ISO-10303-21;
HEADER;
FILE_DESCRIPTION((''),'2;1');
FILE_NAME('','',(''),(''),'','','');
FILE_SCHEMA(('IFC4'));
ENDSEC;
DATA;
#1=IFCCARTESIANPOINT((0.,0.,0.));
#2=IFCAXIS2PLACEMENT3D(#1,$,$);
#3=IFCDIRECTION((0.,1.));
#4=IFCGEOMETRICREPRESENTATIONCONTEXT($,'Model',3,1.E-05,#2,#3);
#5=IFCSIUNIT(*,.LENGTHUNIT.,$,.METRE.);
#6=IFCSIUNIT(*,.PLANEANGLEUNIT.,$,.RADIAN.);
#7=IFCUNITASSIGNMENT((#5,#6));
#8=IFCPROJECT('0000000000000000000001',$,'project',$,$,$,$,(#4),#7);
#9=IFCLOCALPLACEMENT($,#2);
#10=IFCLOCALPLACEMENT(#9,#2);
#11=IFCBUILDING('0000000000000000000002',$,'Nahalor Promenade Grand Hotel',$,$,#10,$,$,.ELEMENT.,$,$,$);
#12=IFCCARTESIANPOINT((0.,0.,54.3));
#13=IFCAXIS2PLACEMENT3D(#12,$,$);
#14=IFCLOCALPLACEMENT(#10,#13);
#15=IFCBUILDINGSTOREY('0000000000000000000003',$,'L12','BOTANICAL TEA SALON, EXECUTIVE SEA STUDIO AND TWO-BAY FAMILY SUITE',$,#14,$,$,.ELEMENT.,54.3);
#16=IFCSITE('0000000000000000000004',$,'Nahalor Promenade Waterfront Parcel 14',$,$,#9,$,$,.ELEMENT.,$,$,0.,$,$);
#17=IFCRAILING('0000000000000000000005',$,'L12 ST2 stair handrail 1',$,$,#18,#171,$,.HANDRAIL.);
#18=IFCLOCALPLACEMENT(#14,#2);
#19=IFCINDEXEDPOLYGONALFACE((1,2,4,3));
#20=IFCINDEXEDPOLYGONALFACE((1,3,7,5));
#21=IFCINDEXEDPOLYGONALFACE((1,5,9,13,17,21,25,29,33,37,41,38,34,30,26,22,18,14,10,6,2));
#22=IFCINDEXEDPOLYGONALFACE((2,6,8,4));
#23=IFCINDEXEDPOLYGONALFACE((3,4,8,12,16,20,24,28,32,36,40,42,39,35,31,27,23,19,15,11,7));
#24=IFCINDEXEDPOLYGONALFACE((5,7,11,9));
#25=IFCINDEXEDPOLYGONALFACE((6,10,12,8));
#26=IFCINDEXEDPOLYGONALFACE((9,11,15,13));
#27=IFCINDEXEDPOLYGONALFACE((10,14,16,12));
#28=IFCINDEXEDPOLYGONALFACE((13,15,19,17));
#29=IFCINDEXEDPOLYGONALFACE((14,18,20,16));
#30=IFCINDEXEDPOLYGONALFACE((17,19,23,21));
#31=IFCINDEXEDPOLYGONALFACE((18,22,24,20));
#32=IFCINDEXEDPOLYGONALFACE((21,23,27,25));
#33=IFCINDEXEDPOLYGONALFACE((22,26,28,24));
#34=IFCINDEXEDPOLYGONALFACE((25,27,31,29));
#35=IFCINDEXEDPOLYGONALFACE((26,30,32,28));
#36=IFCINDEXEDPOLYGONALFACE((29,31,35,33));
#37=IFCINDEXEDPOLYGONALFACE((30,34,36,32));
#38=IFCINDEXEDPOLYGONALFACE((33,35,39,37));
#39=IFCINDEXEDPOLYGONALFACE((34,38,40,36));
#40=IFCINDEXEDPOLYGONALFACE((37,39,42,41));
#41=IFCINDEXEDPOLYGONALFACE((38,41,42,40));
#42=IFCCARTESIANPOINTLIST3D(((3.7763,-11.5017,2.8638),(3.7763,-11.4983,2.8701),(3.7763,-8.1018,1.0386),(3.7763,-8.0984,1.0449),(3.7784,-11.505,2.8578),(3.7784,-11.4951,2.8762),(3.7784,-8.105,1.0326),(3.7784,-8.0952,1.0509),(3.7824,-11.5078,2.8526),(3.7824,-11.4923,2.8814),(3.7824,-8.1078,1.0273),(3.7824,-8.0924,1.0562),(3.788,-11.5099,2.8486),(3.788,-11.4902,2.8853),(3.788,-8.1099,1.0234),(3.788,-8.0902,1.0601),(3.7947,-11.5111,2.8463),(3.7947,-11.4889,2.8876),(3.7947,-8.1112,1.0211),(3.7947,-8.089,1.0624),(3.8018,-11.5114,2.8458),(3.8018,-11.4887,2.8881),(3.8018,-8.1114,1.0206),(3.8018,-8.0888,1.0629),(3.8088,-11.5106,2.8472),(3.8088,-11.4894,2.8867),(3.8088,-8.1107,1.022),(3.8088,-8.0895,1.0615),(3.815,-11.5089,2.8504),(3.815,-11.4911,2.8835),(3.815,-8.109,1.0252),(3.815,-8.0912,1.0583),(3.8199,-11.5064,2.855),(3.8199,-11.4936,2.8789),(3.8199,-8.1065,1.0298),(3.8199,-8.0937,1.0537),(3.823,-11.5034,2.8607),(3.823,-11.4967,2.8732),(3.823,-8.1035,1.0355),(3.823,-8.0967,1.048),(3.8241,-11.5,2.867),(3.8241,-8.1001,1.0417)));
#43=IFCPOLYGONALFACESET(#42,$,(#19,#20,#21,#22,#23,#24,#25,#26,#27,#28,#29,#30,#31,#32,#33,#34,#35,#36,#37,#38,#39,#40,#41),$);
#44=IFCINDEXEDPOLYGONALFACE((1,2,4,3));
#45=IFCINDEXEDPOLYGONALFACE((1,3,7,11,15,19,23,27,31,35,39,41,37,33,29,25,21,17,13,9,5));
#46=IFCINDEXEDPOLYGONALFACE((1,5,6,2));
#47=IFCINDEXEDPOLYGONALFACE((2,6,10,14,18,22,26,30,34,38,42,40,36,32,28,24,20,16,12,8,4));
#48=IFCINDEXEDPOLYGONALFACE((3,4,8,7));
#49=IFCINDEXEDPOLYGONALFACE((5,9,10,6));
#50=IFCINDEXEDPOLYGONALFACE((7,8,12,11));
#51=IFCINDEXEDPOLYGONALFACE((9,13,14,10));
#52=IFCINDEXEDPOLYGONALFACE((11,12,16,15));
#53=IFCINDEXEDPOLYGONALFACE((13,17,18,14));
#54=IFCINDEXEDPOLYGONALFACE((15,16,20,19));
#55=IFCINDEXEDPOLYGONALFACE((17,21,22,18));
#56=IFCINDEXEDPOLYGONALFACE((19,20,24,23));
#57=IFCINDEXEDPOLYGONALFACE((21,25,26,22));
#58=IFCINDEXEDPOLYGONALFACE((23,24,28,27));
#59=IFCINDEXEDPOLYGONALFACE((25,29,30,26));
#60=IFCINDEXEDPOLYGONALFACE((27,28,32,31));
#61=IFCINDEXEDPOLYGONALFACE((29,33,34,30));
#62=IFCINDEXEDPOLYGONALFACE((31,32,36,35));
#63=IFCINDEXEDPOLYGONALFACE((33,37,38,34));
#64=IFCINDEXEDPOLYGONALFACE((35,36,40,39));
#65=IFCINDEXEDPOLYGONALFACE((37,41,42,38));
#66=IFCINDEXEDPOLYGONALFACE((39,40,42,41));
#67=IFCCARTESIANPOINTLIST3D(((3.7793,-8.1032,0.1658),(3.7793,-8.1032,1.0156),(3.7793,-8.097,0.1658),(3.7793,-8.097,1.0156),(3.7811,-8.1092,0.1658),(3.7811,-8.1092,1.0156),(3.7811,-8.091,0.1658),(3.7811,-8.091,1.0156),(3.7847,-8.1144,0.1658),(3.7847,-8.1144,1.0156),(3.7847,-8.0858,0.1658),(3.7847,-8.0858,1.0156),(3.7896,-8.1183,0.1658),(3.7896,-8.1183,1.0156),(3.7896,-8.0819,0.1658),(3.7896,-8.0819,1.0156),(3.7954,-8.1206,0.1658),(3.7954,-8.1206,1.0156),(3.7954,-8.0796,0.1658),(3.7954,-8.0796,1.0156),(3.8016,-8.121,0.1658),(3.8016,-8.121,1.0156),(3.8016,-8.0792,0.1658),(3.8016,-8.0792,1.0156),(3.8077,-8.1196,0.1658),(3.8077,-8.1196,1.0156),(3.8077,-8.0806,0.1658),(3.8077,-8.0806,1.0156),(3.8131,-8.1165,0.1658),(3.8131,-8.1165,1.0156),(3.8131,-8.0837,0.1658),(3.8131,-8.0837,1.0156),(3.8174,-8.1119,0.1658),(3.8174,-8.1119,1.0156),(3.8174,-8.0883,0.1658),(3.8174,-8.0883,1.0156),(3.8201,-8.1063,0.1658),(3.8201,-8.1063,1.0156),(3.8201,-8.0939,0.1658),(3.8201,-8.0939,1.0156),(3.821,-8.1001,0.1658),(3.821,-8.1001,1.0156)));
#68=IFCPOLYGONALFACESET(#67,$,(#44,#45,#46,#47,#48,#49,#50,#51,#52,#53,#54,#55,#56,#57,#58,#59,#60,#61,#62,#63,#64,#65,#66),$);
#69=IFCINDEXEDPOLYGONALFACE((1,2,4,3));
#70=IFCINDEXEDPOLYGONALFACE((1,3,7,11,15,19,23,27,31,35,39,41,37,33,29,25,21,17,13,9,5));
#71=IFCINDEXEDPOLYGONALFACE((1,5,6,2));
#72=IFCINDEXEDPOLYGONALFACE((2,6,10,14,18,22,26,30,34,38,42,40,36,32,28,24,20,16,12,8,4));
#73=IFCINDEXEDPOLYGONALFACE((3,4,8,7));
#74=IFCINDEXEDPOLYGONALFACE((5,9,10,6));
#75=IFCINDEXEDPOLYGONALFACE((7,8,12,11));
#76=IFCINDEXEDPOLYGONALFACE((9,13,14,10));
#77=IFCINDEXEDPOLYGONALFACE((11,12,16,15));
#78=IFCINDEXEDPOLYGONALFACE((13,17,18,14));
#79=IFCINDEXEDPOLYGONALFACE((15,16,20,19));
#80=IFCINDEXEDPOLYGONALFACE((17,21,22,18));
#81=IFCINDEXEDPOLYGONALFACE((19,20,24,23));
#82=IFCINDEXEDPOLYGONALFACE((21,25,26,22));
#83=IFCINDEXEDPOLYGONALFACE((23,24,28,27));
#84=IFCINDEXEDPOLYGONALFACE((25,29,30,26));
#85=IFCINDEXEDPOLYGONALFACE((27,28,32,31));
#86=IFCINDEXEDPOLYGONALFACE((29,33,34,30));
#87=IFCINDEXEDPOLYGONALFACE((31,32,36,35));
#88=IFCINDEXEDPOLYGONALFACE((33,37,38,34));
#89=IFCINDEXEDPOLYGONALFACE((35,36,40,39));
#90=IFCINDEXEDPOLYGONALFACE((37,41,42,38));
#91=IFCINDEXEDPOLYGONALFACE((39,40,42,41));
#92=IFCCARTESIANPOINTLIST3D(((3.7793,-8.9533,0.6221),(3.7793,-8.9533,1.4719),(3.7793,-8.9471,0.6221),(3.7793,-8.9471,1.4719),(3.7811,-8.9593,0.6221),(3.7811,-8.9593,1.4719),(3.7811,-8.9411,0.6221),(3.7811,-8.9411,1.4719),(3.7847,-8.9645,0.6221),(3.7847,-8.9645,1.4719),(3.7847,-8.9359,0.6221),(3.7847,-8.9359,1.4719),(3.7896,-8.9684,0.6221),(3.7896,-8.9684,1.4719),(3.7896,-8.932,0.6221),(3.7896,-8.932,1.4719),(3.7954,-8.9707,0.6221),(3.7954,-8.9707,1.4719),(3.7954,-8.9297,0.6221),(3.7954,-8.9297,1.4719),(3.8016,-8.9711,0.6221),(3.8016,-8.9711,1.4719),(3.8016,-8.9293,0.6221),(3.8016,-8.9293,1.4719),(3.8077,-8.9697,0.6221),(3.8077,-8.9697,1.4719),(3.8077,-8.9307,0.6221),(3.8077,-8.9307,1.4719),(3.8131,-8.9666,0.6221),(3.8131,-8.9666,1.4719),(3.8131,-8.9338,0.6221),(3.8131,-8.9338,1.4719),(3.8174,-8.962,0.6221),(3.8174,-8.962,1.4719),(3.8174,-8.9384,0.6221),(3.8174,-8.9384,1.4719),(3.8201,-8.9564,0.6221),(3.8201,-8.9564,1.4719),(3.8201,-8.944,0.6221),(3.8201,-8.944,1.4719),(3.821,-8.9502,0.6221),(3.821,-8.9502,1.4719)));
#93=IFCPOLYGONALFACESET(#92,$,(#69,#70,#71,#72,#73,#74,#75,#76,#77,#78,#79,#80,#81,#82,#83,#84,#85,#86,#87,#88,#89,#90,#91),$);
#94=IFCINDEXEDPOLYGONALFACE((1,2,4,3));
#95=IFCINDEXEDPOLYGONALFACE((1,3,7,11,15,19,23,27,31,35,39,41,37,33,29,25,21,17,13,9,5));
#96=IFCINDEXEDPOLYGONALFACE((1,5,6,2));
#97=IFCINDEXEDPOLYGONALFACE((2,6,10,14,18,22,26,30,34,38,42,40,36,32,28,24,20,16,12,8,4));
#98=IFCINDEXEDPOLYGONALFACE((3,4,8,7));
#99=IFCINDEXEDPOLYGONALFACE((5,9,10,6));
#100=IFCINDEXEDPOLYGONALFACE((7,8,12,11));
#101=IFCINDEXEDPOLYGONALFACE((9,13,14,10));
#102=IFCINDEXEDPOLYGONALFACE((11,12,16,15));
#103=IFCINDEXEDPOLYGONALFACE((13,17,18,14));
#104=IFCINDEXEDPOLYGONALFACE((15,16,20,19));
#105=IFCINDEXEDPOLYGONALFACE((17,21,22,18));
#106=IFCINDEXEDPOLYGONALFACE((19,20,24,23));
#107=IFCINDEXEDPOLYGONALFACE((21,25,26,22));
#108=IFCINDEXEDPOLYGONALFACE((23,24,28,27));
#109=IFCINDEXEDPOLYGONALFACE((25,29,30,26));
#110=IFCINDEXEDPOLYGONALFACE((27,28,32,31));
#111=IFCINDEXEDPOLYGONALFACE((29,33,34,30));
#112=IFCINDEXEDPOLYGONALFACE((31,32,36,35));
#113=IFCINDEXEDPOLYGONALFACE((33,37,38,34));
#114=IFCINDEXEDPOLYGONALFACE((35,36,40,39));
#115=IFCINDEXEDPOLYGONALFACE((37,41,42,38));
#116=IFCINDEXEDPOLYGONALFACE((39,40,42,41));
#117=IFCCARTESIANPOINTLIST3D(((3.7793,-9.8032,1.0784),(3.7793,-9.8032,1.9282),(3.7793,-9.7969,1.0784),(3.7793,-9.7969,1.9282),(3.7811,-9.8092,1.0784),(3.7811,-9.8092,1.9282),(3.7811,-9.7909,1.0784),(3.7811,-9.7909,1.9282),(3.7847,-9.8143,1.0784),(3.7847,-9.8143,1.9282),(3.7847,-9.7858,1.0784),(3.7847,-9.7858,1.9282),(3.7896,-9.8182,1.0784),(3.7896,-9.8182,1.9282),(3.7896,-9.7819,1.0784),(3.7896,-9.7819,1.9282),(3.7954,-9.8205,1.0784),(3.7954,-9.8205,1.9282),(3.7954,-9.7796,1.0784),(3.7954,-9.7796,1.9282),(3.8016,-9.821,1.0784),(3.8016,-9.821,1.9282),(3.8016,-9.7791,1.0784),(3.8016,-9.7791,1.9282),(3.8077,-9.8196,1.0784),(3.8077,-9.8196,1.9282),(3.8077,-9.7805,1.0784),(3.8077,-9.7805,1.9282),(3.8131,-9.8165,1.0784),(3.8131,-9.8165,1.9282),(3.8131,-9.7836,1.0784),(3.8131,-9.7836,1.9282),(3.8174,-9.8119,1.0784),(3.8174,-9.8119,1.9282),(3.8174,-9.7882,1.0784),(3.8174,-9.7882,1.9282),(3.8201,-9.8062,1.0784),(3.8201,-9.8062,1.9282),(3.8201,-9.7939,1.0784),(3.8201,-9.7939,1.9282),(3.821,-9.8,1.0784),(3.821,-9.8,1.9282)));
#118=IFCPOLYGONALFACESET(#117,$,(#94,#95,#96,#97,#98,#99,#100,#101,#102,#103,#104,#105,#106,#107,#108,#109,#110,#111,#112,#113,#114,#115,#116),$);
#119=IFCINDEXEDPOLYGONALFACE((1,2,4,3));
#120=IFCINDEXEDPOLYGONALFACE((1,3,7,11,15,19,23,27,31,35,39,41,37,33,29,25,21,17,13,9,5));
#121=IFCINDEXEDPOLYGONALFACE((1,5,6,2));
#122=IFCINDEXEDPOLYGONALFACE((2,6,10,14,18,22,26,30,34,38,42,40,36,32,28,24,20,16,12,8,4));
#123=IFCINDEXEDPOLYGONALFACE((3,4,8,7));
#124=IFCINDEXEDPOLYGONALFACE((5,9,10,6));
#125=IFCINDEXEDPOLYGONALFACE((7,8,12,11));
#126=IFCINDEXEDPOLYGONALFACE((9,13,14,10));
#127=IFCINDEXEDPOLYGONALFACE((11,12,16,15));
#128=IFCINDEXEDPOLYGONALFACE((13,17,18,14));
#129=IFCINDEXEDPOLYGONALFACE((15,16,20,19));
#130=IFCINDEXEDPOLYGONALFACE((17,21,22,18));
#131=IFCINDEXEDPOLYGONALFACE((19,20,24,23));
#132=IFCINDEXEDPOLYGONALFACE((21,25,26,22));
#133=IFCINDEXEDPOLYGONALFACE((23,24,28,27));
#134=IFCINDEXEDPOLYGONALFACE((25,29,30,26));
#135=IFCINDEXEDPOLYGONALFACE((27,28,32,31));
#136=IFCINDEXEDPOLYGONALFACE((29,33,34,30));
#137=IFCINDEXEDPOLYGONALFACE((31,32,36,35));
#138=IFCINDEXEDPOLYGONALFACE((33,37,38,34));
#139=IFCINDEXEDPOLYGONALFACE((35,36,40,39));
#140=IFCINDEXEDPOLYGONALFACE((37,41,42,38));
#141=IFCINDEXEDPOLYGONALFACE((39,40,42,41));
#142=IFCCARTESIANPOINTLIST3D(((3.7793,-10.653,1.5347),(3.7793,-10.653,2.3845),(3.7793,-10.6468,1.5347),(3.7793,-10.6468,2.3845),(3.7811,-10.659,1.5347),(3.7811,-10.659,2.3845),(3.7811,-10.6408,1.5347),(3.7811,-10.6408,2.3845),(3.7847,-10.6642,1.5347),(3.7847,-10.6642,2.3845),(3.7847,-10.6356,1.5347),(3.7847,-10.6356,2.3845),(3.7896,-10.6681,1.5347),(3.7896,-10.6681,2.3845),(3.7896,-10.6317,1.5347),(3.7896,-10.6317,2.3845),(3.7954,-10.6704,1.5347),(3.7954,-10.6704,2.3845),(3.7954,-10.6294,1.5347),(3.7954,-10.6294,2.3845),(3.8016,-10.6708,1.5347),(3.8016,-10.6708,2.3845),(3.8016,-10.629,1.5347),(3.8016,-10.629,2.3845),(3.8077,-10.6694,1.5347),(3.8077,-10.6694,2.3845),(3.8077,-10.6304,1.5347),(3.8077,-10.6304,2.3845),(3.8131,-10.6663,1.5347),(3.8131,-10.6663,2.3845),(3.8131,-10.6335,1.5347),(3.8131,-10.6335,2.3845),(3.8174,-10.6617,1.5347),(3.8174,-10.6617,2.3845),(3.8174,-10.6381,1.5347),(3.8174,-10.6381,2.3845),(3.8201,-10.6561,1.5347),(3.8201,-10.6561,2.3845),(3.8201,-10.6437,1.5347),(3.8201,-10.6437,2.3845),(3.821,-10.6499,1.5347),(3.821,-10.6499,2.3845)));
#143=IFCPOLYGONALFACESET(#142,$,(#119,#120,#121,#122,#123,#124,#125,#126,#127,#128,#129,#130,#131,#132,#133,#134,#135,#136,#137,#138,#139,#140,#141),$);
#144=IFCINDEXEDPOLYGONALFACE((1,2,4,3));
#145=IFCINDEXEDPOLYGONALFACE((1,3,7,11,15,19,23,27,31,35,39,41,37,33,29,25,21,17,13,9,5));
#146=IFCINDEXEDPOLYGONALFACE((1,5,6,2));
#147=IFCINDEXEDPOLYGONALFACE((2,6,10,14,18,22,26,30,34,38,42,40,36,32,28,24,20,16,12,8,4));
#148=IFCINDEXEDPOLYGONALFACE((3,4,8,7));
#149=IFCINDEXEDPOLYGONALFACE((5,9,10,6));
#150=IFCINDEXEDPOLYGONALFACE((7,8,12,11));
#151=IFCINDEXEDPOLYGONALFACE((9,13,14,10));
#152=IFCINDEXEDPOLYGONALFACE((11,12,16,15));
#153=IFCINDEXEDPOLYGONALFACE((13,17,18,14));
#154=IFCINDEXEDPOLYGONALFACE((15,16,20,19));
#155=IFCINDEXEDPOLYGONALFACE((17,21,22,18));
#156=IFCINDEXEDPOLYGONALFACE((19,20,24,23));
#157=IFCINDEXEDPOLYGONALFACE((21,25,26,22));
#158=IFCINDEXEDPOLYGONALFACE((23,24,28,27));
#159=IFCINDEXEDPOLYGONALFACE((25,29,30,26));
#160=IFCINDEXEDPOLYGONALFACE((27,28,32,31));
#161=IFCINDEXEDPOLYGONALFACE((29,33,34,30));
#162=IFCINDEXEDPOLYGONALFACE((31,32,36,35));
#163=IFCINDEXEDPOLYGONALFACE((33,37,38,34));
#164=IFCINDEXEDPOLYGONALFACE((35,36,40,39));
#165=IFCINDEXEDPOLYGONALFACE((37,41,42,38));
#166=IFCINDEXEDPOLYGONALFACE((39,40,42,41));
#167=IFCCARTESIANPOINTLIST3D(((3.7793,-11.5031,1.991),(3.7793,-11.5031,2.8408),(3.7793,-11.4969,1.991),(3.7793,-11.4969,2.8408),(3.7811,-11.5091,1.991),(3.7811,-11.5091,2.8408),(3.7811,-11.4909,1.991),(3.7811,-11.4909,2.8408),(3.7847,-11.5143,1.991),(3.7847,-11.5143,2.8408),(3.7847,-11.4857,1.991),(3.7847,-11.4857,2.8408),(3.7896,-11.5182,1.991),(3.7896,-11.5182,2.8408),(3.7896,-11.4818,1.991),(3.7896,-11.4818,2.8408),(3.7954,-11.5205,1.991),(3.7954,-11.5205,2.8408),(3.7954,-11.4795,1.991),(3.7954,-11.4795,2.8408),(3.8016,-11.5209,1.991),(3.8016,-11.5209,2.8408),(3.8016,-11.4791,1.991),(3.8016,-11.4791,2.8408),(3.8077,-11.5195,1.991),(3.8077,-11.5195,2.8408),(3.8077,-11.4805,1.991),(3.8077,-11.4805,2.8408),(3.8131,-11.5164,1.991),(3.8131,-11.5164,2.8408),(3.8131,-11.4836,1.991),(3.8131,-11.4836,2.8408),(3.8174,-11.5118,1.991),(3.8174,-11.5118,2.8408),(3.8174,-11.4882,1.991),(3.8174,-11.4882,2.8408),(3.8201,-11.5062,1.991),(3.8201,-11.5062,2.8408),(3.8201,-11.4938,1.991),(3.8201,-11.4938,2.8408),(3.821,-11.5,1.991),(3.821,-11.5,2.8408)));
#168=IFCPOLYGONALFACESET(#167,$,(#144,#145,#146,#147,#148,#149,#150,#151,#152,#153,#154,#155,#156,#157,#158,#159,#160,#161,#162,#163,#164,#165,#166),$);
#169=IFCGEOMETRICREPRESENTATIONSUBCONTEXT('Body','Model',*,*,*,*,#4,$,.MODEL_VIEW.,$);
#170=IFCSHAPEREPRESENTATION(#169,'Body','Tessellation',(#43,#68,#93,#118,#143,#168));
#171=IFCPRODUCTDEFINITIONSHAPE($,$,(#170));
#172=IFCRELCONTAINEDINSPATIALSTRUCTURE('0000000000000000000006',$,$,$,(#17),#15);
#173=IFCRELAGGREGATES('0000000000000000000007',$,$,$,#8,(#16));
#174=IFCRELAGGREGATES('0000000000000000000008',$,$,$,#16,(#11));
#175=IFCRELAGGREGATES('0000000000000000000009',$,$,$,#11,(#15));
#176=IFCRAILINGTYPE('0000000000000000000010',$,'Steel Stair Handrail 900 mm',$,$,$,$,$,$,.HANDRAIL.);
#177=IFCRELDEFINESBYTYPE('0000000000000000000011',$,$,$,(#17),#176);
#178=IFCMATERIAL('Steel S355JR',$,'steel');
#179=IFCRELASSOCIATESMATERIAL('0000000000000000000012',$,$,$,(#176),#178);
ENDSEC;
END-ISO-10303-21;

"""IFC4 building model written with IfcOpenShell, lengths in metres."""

from ifc_helpers import new_model, si_unit, direction, frame, origin, origin_2d, place, context, subcontext, project, spatial, circle, extrude, material, type_object, element, save


model = new_model("IFC4")

# Units and contexts
model_context = context("Model", 3, precision=1e-05, world=origin(), true_north=direction((0.0, 1.0)))
body_context = subcontext(model_context, "Body", "Model", "MODEL_VIEW")
ifc_project = project(units=[si_unit("LENGTHUNIT", "METRE"), si_unit("PLANEANGLEUNIT", "RADIAN")], contexts=[model_context])

# Site, building, storey
site_placement = place(None, origin())
site = spatial("IfcSite", under=ifc_project, at=site_placement, Name="Nahalor Promenade Waterfront Parcel 14", CompositionType="ELEMENT", RefElevation=0.0)
building_placement = place(site_placement, origin())
building = spatial("IfcBuilding", under=site, at=building_placement, Name="Nahalor Promenade Grand Hotel", CompositionType="ELEMENT")
storey_placement = place(building_placement, frame((0.0, 0.0, 54.3)))
storey = spatial("IfcBuildingStorey", under=building, at=storey_placement, Name="L12", Description="BOTANICAL TEA SALON, EXECUTIVE SEA STUDIO AND TWO-BAY FAMILY SUITE", CompositionType="ELEMENT", Elevation=54.3)

# Shared definitions
ifc_material_1 = material(Name="Steel S355JR", Category="steel")

# Railing
railing_type_1 = type_object("IfcRailingType", Name="Steel Stair Handrail 900 mm", PredefinedType="HANDRAIL", material=ifc_material_1)
for number, where, name in (
    (1, (3.8, -8.1001, 0.1658), "L12 ST2 stair handrail 1"),
):
    element("IfcRailing", number, at=place(storey_placement, frame(where)), inside=storey, type_object=railing_type_1, Name=name, PredefinedType="HANDRAIL", context=body_context, shape_type="SweptSolid", body=[
        extrude(circle(Radius=0.024, at=origin_2d()), frame((0.0, 0.0, 0.876), z_axis=(0.0, -0.881068, 0.47299), x_axis=(1.0, 0.0, 0.0)), (0.0, 0.0, 1.0), 3.8589),
        extrude(circle(Radius=0.021, at=origin_2d()), origin(), (0.0, 0.0, 1.0), 0.8499),
        extrude(circle(Radius=0.021, at=origin_2d()), frame((0.0, -0.8501, 0.4563)), (0.0, 0.0, 1.0), 0.8499),
        extrude(circle(Radius=0.021, at=origin_2d()), frame((0.0, -1.7, 0.9126)), (0.0, 0.0, 1.0), 0.8499),
        extrude(circle(Radius=0.021, at=origin_2d()), frame((0.0, -2.5498, 1.3689)), (0.0, 0.0, 1.0), 0.8499),
        extrude(circle(Radius=0.021, at=origin_2d()), frame((0.0, -3.3999, 1.8252)), (0.0, 0.0, 1.0), 0.8499),
    ])

save(model, "model.ifc")
